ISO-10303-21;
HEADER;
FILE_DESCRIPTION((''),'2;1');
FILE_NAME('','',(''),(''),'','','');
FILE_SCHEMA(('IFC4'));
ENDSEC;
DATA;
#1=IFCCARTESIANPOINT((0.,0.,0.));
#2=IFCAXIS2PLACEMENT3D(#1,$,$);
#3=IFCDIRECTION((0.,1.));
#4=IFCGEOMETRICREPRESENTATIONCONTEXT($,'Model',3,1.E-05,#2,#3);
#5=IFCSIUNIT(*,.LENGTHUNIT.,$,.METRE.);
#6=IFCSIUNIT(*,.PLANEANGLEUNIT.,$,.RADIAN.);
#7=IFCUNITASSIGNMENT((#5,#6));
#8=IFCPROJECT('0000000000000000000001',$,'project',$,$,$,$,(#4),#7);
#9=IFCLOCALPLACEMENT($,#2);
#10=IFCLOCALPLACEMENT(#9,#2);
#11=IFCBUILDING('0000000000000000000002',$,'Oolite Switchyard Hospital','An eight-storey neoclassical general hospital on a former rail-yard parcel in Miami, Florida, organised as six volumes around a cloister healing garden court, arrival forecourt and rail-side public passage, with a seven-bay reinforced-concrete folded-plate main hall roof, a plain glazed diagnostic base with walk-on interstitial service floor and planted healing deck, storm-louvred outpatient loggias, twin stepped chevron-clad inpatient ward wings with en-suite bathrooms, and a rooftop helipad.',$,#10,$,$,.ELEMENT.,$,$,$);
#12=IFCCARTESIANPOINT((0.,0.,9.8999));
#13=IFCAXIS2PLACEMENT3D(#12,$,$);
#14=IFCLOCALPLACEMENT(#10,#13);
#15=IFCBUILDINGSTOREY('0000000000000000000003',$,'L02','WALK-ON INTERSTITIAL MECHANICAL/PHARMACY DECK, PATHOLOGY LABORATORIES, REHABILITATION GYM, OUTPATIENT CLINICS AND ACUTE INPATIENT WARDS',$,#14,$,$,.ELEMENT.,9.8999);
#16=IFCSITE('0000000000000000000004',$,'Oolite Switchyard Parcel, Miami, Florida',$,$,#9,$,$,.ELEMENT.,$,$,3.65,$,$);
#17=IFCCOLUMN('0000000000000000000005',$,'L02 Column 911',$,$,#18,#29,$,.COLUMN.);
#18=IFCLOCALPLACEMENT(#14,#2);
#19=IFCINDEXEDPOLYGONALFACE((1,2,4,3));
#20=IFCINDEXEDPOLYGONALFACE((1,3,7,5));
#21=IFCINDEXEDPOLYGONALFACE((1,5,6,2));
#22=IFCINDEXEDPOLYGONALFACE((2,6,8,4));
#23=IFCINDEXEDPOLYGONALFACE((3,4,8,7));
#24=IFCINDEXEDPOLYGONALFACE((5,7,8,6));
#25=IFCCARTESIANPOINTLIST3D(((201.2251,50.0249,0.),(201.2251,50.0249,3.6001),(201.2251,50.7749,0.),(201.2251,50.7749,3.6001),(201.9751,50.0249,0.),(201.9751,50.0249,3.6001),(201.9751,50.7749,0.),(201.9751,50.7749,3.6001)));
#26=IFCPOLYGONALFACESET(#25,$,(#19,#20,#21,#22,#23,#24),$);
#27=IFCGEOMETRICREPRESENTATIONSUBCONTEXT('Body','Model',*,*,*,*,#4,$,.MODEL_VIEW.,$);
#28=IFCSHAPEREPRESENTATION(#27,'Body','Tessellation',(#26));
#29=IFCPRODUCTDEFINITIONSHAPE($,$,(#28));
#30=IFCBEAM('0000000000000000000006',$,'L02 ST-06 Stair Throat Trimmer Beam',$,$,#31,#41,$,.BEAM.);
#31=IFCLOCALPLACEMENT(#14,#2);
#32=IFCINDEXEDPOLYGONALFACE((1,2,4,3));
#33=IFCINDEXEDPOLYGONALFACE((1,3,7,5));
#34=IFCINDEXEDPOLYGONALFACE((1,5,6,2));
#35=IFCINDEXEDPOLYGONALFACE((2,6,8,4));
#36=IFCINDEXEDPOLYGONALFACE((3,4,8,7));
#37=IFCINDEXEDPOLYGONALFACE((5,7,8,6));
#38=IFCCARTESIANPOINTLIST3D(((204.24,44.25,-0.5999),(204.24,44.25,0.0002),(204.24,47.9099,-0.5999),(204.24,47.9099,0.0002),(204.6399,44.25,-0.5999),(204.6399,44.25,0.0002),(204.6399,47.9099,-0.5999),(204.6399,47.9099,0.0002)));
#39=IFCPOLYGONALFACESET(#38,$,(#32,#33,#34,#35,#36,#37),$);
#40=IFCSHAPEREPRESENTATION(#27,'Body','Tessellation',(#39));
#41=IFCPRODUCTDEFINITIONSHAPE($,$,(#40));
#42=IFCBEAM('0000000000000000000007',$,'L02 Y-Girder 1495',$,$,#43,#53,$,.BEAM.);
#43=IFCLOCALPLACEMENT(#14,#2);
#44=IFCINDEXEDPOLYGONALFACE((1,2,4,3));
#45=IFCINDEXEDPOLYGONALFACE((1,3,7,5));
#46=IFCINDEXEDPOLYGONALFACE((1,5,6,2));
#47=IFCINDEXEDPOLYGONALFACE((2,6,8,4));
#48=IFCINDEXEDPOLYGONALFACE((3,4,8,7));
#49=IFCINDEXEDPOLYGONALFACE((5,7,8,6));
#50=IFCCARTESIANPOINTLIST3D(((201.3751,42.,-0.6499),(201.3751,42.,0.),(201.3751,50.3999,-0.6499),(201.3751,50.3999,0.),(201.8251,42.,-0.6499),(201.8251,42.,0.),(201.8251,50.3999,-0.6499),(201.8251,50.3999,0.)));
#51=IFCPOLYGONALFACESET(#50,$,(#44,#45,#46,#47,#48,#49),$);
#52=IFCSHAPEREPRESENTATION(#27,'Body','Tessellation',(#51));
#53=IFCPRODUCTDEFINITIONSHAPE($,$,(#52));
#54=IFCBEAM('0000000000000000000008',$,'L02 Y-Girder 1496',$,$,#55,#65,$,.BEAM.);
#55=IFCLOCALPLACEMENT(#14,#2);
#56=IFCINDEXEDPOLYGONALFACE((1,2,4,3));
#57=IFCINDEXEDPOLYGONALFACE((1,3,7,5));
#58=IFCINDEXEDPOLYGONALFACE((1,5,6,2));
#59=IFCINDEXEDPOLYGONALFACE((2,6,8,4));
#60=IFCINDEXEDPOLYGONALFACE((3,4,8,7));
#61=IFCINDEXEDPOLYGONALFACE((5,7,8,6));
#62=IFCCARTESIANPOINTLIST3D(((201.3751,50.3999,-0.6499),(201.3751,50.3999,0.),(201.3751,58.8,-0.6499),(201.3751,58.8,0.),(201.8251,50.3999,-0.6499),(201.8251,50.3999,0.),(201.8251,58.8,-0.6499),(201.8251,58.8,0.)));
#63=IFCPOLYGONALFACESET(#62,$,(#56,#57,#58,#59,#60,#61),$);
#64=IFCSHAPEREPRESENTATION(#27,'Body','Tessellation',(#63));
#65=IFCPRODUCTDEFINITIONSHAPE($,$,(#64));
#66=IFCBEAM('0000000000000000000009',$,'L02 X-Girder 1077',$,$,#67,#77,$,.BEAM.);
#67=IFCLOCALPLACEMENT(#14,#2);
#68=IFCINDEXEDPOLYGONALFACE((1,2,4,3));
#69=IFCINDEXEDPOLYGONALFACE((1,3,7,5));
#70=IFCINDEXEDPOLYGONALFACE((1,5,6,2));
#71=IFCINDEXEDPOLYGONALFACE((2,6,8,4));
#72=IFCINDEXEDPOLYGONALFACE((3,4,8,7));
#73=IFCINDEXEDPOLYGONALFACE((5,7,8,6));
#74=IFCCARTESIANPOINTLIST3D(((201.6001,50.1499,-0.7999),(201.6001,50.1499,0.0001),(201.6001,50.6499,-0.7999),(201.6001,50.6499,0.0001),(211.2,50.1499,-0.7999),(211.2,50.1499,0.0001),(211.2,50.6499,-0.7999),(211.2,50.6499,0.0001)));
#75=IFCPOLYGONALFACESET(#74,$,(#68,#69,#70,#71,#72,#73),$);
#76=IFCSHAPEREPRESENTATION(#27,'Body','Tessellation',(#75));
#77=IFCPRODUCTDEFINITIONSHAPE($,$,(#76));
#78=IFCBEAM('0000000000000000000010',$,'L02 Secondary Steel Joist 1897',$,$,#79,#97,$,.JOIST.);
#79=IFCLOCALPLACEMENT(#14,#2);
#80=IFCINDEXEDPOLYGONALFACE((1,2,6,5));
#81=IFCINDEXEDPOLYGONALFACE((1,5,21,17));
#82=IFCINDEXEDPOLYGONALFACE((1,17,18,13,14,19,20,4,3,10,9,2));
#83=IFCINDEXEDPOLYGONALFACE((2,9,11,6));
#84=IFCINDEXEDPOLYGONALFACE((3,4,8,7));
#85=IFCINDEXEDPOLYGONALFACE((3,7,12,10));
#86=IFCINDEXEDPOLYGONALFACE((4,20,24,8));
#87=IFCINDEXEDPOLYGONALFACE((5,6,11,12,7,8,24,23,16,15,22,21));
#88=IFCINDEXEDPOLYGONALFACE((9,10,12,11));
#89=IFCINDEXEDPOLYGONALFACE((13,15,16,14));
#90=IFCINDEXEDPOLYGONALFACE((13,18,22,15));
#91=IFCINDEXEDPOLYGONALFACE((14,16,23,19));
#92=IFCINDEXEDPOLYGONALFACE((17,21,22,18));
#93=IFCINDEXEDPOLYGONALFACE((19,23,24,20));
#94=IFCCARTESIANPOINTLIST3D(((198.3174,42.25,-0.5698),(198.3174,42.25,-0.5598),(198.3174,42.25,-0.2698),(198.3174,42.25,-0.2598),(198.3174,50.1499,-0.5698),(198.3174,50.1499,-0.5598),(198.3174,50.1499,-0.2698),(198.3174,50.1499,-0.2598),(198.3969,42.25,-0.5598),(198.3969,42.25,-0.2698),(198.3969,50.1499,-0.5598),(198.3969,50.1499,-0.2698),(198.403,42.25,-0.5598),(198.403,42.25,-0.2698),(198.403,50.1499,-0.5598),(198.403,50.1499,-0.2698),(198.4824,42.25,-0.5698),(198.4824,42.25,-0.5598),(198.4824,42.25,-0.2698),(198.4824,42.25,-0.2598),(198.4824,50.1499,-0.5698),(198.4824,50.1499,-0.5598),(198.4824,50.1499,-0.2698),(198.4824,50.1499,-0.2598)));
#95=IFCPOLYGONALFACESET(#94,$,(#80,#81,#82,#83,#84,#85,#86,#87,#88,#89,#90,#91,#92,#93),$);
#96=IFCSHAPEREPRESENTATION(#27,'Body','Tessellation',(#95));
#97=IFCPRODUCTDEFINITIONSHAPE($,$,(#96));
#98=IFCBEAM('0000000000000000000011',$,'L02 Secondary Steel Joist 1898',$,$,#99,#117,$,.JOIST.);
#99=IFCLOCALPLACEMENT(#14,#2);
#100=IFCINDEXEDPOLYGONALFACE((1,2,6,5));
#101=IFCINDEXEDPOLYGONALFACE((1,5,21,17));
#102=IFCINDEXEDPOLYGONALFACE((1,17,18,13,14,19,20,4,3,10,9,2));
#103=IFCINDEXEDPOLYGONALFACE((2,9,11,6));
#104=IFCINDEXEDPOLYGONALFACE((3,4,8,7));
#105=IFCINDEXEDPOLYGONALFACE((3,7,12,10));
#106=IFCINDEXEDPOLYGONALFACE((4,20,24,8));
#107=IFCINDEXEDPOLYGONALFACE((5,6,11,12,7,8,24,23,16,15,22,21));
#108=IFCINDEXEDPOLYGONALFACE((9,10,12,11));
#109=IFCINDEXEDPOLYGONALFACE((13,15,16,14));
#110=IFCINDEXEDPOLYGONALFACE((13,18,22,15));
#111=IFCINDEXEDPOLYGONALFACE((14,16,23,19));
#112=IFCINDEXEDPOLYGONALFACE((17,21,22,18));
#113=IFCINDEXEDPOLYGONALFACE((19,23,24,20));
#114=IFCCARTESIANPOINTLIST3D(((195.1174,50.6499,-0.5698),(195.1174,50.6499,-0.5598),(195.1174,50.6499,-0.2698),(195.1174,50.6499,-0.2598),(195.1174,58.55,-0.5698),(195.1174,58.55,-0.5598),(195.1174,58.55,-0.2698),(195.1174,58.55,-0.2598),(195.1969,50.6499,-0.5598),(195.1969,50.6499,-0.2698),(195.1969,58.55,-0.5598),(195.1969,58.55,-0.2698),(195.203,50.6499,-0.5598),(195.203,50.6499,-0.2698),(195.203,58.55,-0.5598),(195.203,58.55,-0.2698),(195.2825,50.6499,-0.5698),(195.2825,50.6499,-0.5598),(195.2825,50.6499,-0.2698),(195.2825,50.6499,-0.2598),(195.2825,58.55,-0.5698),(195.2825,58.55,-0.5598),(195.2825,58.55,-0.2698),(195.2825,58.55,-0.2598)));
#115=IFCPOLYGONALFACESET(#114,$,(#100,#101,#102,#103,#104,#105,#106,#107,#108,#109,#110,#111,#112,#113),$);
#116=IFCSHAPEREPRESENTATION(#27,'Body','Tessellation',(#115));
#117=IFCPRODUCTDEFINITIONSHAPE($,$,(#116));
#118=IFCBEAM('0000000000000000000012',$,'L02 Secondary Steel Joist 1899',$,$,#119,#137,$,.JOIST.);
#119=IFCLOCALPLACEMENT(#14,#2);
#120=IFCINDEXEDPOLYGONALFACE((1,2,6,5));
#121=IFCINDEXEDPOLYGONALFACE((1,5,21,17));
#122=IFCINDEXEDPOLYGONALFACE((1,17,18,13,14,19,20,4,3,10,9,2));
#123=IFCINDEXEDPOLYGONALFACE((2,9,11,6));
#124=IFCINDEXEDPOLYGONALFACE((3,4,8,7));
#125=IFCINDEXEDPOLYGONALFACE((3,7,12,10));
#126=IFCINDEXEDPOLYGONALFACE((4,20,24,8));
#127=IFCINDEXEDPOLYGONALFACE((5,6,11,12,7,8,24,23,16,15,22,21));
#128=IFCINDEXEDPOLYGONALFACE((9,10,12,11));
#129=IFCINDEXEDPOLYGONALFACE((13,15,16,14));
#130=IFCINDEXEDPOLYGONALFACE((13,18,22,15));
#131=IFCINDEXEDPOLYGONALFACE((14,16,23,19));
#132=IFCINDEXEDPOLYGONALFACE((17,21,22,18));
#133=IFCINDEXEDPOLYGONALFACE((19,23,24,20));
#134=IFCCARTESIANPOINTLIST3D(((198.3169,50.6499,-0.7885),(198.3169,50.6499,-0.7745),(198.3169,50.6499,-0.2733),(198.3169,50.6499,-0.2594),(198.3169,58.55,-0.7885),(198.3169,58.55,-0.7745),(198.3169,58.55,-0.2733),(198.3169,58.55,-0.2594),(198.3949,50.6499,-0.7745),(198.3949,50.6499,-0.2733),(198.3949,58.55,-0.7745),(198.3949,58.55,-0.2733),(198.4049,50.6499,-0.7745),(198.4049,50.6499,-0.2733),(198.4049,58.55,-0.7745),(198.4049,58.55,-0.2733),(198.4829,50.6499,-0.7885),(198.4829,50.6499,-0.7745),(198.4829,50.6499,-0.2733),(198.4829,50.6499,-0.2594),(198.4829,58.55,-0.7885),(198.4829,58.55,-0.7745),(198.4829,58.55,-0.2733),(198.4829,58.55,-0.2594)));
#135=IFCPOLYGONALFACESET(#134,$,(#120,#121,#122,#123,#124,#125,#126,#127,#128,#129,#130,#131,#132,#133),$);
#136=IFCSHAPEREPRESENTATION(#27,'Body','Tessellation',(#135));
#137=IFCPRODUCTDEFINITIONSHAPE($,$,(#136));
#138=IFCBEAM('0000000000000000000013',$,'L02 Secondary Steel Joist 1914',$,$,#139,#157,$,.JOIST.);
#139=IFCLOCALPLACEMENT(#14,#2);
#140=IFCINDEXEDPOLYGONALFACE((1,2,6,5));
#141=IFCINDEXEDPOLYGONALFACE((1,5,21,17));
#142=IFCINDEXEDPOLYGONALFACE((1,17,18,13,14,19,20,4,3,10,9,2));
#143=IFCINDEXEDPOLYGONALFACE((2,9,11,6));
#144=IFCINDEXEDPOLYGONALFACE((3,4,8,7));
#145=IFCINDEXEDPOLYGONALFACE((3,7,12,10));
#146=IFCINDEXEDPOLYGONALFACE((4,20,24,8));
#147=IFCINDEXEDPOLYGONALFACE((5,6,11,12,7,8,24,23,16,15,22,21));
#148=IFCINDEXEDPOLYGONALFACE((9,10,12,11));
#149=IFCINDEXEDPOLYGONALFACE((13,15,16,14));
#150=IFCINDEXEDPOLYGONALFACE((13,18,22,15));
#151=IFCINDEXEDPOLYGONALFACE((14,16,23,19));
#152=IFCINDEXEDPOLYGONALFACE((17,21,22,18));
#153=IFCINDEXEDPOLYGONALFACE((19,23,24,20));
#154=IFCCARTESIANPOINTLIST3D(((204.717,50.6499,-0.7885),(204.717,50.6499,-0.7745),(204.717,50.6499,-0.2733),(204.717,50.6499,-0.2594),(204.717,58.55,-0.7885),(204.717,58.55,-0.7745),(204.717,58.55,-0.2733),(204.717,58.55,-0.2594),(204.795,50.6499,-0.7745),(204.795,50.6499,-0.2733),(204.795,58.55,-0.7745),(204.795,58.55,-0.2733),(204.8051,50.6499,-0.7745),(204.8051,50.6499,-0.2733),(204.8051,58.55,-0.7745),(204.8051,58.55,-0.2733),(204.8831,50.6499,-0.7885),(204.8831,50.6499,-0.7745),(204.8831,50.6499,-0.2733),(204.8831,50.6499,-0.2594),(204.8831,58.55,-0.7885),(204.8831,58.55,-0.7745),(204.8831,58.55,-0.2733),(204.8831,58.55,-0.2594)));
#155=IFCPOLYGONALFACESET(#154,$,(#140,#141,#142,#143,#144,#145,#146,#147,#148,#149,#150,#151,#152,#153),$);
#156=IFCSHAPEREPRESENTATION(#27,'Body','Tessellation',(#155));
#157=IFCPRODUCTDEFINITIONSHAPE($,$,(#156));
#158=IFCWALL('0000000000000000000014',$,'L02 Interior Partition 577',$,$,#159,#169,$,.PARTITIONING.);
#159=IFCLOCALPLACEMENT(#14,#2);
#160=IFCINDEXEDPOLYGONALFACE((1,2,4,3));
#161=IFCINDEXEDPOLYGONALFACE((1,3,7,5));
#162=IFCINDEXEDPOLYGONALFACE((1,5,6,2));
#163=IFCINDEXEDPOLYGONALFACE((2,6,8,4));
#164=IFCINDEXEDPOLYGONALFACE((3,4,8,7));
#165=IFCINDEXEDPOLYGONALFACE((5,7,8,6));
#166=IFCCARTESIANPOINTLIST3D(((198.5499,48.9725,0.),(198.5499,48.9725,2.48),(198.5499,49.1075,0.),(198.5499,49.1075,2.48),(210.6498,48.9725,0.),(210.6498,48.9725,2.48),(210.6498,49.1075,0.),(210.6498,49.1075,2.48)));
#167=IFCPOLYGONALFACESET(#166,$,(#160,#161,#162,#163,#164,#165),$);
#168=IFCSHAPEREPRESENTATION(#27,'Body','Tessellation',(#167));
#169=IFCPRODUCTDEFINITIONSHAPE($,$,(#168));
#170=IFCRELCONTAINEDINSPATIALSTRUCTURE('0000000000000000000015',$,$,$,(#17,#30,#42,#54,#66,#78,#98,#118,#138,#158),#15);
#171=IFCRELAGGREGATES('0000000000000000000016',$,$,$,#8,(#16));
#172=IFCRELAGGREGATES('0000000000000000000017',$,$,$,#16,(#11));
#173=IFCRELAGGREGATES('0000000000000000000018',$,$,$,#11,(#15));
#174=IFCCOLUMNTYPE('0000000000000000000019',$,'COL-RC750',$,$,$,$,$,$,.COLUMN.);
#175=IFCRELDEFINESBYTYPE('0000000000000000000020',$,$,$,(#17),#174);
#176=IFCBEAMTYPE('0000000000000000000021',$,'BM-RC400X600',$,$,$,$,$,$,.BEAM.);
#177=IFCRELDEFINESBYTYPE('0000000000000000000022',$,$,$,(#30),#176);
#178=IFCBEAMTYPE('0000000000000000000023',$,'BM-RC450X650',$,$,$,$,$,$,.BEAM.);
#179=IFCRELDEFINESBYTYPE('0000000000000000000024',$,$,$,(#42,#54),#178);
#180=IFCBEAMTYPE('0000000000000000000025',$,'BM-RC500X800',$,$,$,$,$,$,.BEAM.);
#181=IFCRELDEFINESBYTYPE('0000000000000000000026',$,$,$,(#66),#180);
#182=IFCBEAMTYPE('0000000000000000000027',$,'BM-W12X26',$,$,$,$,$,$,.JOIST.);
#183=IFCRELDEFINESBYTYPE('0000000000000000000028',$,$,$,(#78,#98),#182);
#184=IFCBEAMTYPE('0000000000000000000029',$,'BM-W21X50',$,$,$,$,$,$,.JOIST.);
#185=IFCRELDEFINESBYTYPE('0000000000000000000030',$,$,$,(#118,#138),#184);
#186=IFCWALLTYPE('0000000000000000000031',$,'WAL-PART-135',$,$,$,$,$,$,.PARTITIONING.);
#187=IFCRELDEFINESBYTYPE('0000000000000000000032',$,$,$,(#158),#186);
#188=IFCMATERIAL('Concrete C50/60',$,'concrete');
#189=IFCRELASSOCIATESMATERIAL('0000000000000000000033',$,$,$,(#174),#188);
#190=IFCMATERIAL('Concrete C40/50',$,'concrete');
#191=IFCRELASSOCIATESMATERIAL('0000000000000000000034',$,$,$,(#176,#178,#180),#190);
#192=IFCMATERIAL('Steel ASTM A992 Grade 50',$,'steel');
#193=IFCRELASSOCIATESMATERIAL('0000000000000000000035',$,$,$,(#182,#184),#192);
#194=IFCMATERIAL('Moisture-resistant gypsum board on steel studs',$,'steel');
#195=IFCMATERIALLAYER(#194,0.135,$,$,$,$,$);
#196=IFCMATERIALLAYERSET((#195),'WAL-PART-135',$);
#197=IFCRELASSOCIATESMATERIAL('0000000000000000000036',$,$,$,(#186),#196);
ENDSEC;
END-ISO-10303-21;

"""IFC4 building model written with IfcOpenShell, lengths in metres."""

from ifc_helpers import new_model, si_unit, direction, frame, frame_2d, origin, origin_2d, place, context, subcontext, project, spatial, rectangle, i_section, extrude, material, layer, layer_set, material_profile, profile_set, type_object, element, save


model = new_model("IFC4")

# Units and contexts
model_context = context("Model", 3, precision=1e-05, world=origin(), true_north=direction((0.0, 1.0)))
body_context = subcontext(model_context, "Body", "Model", "MODEL_VIEW")
ifc_project = project(units=[si_unit("LENGTHUNIT", "METRE"), si_unit("PLANEANGLEUNIT", "RADIAN")], contexts=[model_context])

# Site, building, storey
site_placement = place(None, origin())
site = spatial("IfcSite", under=ifc_project, at=site_placement, Name="Oolite Switchyard Parcel, Miami, Florida", CompositionType="ELEMENT", RefElevation=3.65)
building_placement = place(site_placement, origin())
building = spatial("IfcBuilding", under=site, at=building_placement, Name="Oolite Switchyard Hospital", Description="An eight-storey neoclassical general hospital on a former rail-yard parcel in Miami, Florida, organised as six volumes around a cloister healing garden court, arrival forecourt and rail-side public passage, with a seven-bay reinforced-concrete folded-plate main hall roof, a plain glazed diagnostic base with walk-on interstitial service floor and planted healing deck, storm-louvred outpatient loggias, twin stepped chevron-clad inpatient ward wings with en-suite bathrooms, and a rooftop helipad.", CompositionType="ELEMENT")
storey_placement = place(building_placement, frame((0.0, 0.0, 9.8999)))
storey = spatial("IfcBuildingStorey", under=building, at=storey_placement, Name="L02", Description="WALK-ON INTERSTITIAL MECHANICAL/PHARMACY DECK, PATHOLOGY LABORATORIES, REHABILITATION GYM, OUTPATIENT CLINICS AND ACUTE INPATIENT WARDS", CompositionType="ELEMENT", Elevation=9.8999)

# Column
ifc_material_1 = material(Name="Concrete C50/60", Category="concrete")
ifc_material_profile_1 = material_profile(ifc_material_1, rectangle(XDim=0.75, YDim=0.75, at=origin_2d()), Name="RC750X750")
ifc_profile_set_1 = profile_set([ifc_material_profile_1], Name="Concrete C50/60")
column_type = type_object("IfcColumnType", Name="COL-RC750", PredefinedType="COLUMN", material=ifc_profile_set_1)
column_placement = place(storey_placement, frame((201.6001, 50.3999, 0.0), z_axis=(0.0, 0.0, 1.0), x_axis=(1.0, 0.0, 0.0)))
element("IfcColumn", 1, at=column_placement, inside=storey, type_object=column_type, Name="L02 Column 911", PredefinedType="COLUMN", context=body_context, shape_type="SweptSolid", body=[
    extrude(rectangle(XDim=0.75, YDim=0.75, at=origin_2d()), origin(), (0.0, 0.0, 1.0), 3.6001),
])

# Beams
ifc_material_2 = material(Name="Concrete C40/50", Category="concrete")
ifc_material_profile_2 = material_profile(ifc_material_2, rectangle(XDim=0.3999, YDim=0.6001, at=origin_2d()), Name="RCB400X600")
ifc_profile_set_2 = profile_set([ifc_material_profile_2], Name="Concrete C40/50")
beam_type_1 = type_object("IfcBeamType", Name="BM-RC400X600", PredefinedType="BEAM", material=ifc_profile_set_2)
beam_1_placement = place(storey_placement, frame((204.4399, 44.25, -0.2998), z_axis=(0.0, 1.0, 0.0), x_axis=(-1.0, 0.0, 0.0)))
element("IfcBeam", 2, at=beam_1_placement, inside=storey, type_object=beam_type_1, Name="L02 ST-06 Stair Throat Trimmer Beam", PredefinedType="BEAM", context=body_context, shape_type="SweptSolid", body=[
    extrude(rectangle(XDim=0.3999, YDim=0.6001, at=origin_2d()), origin(), (0.0, 0.0, 1.0), 3.6599),
])
ifc_material_profile_3 = material_profile(ifc_material_2, rectangle(XDim=0.45, YDim=0.6499, at=origin_2d()), Name="RCB450X650")
ifc_profile_set_3 = profile_set([ifc_material_profile_3], Name="Concrete C40/50")
beam_type_2 = type_object("IfcBeamType", Name="BM-RC450X650", PredefinedType="BEAM", material=ifc_profile_set_3)
beam_2_placement = place(storey_placement, frame((201.6001, 42.0, -0.325), z_axis=(0.0, 1.0, 0.0), x_axis=(-1.0, 0.0, 0.0)))
element("IfcBeam", 3, at=beam_2_placement, inside=storey, type_object=beam_type_2, Name="L02 Y-Girder 1495", PredefinedType="BEAM", context=body_context, shape_type="SweptSolid", body=[
    extrude(rectangle(XDim=0.45, YDim=0.6499, at=origin_2d()), origin(), (0.0, 0.0, 1.0), 8.3999),
])
beam_3_placement = place(storey_placement, frame((201.6001, 50.3999, -0.325), z_axis=(0.0, 1.0, 0.0), x_axis=(-1.0, 0.0, 0.0)))
element("IfcBeam", 4, at=beam_3_placement, inside=storey, type_object=beam_type_2, Name="L02 Y-Girder 1496", PredefinedType="BEAM", context=body_context, shape_type="SweptSolid", body=[
    extrude(rectangle(XDim=0.45, YDim=0.6499, at=origin_2d()), origin(), (0.0, 0.0, 1.0), 8.4001),
])
ifc_material_profile_4 = material_profile(ifc_material_2, rectangle(XDim=0.5, YDim=0.8, at=origin_2d()), Name="RCB500X800")
ifc_profile_set_4 = profile_set([ifc_material_profile_4], Name="Concrete C40/50")
beam_type_3 = type_object("IfcBeamType", Name="BM-RC500X800", PredefinedType="BEAM", material=ifc_profile_set_4)
beam_4_placement = place(storey_placement, frame((201.6001, 50.3999, -0.3999), z_axis=(1.0, 0.0, 0.0), x_axis=(0.0, 1.0, 0.0)))
element("IfcBeam", 5, at=beam_4_placement, inside=storey, type_object=beam_type_3, Name="L02 X-Girder 1077", PredefinedType="BEAM", context=body_context, shape_type="SweptSolid", body=[
    extrude(rectangle(XDim=0.5, YDim=0.8, at=origin_2d()), origin(), (0.0, 0.0, 1.0), 9.5999),
])
ifc_material_3 = material(Name="Steel ASTM A992 Grade 50", Category="steel")
ifc_material_profile_5 = material_profile(ifc_material_3, i_section(OverallWidth=0.165, OverallDepth=0.3101, WebThickness=0.0061, FlangeThickness=0.01, at=origin_2d()), Name="W12X26")
ifc_profile_set_5 = profile_set([ifc_material_profile_5], Name="Steel ASTM A992 Grade 50")
beam_type_4 = type_object("IfcBeamType", Name="BM-W12X26", PredefinedType="JOIST", material=ifc_profile_set_5)
beam_5_placement = place(storey_placement, frame((198.3999, 42.25, -0.4148), z_axis=(0.0, 1.0, 0.0), x_axis=(-1.0, 0.0, 0.0)))
element("IfcBeam", 6, at=beam_5_placement, inside=storey, type_object=beam_type_4, Name="L02 Secondary Steel Joist 1897", PredefinedType="JOIST", context=body_context, shape_type="SweptSolid", body=[
    extrude(i_section(OverallWidth=0.165, OverallDepth=0.3101, WebThickness=0.0061, FlangeThickness=0.01, at=origin_2d()), origin(), (0.0, 0.0, 1.0), 7.8999),
])
beam_6_placement = place(storey_placement, frame((195.2, 50.6499, -0.4148), z_axis=(0.0, 1.0, 0.0), x_axis=(-1.0, 0.0, 0.0)))
element("IfcBeam", 7, at=beam_6_placement, inside=storey, type_object=beam_type_4, Name="L02 Secondary Steel Joist 1898", PredefinedType="JOIST", context=body_context, shape_type="SweptSolid", body=[
    extrude(i_section(OverallWidth=0.165, OverallDepth=0.3101, WebThickness=0.0061, FlangeThickness=0.01, at=origin_2d()), origin(), (0.0, 0.0, 1.0), 7.9001),
])
ifc_material_profile_6 = material_profile(ifc_material_3, i_section(OverallWidth=0.166, OverallDepth=0.5291, WebThickness=0.01, FlangeThickness=0.0139, at=origin_2d()), Name="W21X50")
ifc_profile_set_6 = profile_set([ifc_material_profile_6], Name="Steel ASTM A992 Grade 50")
beam_type_5 = type_object("IfcBeamType", Name="BM-W21X50", PredefinedType="JOIST", material=ifc_profile_set_6)
for number, where, z_axis, x_axis, name in (
    (8, (198.3999, 50.6499, -0.5239), (0.0, 1.0, 0.0), (-1.0, 0.0, 0.0), "L02 Secondary Steel Joist 1899"),
    (9, (204.8, 50.6499, -0.5239), (0.0, 1.0, 0.0), (-1.0, 0.0, 0.0), "L02 Secondary Steel Joist 1914"),
):
    element("IfcBeam", number, at=place(storey_placement, frame(where, z_axis=z_axis, x_axis=x_axis)), inside=storey, type_object=beam_type_5, Name=name, PredefinedType="JOIST", context=body_context, shape_type="SweptSolid", body=[
        extrude(i_section(OverallWidth=0.166, OverallDepth=0.5291, WebThickness=0.01, FlangeThickness=0.0139, at=origin_2d()), origin(), (0.0, 0.0, 1.0), 7.9001),
    ])

# Wall
ifc_material_4 = material(Name="Moisture-resistant gypsum board on steel studs", Category="steel")
ifc_layer_1 = layer(ifc_material_4, 0.135)
ifc_layer_set_1 = layer_set([ifc_layer_1], Name="WAL-PART-135")
wall_type_1 = type_object("IfcWallType", Name="WAL-PART-135", PredefinedType="PARTITIONING", material=ifc_layer_set_1)
wall_1_placement = place(storey_placement, frame((198.55, 49.04, 0.0), z_axis=(0.0, 0.0, 1.0), x_axis=(1.0, 0.0, 0.0)))
element("IfcWall", 10, at=wall_1_placement, inside=storey, type_object=wall_type_1, Name="L02 Interior Partition 577", PredefinedType="PARTITIONING", context=body_context, shape_type="SweptSolid", body=[
    extrude(rectangle(XDim=12.0999, YDim=0.135, at=frame_2d((6.0498, 0.0))), origin(), (0.0, 0.0, 1.0), 2.48),
])

save(model, "model.ifc")
